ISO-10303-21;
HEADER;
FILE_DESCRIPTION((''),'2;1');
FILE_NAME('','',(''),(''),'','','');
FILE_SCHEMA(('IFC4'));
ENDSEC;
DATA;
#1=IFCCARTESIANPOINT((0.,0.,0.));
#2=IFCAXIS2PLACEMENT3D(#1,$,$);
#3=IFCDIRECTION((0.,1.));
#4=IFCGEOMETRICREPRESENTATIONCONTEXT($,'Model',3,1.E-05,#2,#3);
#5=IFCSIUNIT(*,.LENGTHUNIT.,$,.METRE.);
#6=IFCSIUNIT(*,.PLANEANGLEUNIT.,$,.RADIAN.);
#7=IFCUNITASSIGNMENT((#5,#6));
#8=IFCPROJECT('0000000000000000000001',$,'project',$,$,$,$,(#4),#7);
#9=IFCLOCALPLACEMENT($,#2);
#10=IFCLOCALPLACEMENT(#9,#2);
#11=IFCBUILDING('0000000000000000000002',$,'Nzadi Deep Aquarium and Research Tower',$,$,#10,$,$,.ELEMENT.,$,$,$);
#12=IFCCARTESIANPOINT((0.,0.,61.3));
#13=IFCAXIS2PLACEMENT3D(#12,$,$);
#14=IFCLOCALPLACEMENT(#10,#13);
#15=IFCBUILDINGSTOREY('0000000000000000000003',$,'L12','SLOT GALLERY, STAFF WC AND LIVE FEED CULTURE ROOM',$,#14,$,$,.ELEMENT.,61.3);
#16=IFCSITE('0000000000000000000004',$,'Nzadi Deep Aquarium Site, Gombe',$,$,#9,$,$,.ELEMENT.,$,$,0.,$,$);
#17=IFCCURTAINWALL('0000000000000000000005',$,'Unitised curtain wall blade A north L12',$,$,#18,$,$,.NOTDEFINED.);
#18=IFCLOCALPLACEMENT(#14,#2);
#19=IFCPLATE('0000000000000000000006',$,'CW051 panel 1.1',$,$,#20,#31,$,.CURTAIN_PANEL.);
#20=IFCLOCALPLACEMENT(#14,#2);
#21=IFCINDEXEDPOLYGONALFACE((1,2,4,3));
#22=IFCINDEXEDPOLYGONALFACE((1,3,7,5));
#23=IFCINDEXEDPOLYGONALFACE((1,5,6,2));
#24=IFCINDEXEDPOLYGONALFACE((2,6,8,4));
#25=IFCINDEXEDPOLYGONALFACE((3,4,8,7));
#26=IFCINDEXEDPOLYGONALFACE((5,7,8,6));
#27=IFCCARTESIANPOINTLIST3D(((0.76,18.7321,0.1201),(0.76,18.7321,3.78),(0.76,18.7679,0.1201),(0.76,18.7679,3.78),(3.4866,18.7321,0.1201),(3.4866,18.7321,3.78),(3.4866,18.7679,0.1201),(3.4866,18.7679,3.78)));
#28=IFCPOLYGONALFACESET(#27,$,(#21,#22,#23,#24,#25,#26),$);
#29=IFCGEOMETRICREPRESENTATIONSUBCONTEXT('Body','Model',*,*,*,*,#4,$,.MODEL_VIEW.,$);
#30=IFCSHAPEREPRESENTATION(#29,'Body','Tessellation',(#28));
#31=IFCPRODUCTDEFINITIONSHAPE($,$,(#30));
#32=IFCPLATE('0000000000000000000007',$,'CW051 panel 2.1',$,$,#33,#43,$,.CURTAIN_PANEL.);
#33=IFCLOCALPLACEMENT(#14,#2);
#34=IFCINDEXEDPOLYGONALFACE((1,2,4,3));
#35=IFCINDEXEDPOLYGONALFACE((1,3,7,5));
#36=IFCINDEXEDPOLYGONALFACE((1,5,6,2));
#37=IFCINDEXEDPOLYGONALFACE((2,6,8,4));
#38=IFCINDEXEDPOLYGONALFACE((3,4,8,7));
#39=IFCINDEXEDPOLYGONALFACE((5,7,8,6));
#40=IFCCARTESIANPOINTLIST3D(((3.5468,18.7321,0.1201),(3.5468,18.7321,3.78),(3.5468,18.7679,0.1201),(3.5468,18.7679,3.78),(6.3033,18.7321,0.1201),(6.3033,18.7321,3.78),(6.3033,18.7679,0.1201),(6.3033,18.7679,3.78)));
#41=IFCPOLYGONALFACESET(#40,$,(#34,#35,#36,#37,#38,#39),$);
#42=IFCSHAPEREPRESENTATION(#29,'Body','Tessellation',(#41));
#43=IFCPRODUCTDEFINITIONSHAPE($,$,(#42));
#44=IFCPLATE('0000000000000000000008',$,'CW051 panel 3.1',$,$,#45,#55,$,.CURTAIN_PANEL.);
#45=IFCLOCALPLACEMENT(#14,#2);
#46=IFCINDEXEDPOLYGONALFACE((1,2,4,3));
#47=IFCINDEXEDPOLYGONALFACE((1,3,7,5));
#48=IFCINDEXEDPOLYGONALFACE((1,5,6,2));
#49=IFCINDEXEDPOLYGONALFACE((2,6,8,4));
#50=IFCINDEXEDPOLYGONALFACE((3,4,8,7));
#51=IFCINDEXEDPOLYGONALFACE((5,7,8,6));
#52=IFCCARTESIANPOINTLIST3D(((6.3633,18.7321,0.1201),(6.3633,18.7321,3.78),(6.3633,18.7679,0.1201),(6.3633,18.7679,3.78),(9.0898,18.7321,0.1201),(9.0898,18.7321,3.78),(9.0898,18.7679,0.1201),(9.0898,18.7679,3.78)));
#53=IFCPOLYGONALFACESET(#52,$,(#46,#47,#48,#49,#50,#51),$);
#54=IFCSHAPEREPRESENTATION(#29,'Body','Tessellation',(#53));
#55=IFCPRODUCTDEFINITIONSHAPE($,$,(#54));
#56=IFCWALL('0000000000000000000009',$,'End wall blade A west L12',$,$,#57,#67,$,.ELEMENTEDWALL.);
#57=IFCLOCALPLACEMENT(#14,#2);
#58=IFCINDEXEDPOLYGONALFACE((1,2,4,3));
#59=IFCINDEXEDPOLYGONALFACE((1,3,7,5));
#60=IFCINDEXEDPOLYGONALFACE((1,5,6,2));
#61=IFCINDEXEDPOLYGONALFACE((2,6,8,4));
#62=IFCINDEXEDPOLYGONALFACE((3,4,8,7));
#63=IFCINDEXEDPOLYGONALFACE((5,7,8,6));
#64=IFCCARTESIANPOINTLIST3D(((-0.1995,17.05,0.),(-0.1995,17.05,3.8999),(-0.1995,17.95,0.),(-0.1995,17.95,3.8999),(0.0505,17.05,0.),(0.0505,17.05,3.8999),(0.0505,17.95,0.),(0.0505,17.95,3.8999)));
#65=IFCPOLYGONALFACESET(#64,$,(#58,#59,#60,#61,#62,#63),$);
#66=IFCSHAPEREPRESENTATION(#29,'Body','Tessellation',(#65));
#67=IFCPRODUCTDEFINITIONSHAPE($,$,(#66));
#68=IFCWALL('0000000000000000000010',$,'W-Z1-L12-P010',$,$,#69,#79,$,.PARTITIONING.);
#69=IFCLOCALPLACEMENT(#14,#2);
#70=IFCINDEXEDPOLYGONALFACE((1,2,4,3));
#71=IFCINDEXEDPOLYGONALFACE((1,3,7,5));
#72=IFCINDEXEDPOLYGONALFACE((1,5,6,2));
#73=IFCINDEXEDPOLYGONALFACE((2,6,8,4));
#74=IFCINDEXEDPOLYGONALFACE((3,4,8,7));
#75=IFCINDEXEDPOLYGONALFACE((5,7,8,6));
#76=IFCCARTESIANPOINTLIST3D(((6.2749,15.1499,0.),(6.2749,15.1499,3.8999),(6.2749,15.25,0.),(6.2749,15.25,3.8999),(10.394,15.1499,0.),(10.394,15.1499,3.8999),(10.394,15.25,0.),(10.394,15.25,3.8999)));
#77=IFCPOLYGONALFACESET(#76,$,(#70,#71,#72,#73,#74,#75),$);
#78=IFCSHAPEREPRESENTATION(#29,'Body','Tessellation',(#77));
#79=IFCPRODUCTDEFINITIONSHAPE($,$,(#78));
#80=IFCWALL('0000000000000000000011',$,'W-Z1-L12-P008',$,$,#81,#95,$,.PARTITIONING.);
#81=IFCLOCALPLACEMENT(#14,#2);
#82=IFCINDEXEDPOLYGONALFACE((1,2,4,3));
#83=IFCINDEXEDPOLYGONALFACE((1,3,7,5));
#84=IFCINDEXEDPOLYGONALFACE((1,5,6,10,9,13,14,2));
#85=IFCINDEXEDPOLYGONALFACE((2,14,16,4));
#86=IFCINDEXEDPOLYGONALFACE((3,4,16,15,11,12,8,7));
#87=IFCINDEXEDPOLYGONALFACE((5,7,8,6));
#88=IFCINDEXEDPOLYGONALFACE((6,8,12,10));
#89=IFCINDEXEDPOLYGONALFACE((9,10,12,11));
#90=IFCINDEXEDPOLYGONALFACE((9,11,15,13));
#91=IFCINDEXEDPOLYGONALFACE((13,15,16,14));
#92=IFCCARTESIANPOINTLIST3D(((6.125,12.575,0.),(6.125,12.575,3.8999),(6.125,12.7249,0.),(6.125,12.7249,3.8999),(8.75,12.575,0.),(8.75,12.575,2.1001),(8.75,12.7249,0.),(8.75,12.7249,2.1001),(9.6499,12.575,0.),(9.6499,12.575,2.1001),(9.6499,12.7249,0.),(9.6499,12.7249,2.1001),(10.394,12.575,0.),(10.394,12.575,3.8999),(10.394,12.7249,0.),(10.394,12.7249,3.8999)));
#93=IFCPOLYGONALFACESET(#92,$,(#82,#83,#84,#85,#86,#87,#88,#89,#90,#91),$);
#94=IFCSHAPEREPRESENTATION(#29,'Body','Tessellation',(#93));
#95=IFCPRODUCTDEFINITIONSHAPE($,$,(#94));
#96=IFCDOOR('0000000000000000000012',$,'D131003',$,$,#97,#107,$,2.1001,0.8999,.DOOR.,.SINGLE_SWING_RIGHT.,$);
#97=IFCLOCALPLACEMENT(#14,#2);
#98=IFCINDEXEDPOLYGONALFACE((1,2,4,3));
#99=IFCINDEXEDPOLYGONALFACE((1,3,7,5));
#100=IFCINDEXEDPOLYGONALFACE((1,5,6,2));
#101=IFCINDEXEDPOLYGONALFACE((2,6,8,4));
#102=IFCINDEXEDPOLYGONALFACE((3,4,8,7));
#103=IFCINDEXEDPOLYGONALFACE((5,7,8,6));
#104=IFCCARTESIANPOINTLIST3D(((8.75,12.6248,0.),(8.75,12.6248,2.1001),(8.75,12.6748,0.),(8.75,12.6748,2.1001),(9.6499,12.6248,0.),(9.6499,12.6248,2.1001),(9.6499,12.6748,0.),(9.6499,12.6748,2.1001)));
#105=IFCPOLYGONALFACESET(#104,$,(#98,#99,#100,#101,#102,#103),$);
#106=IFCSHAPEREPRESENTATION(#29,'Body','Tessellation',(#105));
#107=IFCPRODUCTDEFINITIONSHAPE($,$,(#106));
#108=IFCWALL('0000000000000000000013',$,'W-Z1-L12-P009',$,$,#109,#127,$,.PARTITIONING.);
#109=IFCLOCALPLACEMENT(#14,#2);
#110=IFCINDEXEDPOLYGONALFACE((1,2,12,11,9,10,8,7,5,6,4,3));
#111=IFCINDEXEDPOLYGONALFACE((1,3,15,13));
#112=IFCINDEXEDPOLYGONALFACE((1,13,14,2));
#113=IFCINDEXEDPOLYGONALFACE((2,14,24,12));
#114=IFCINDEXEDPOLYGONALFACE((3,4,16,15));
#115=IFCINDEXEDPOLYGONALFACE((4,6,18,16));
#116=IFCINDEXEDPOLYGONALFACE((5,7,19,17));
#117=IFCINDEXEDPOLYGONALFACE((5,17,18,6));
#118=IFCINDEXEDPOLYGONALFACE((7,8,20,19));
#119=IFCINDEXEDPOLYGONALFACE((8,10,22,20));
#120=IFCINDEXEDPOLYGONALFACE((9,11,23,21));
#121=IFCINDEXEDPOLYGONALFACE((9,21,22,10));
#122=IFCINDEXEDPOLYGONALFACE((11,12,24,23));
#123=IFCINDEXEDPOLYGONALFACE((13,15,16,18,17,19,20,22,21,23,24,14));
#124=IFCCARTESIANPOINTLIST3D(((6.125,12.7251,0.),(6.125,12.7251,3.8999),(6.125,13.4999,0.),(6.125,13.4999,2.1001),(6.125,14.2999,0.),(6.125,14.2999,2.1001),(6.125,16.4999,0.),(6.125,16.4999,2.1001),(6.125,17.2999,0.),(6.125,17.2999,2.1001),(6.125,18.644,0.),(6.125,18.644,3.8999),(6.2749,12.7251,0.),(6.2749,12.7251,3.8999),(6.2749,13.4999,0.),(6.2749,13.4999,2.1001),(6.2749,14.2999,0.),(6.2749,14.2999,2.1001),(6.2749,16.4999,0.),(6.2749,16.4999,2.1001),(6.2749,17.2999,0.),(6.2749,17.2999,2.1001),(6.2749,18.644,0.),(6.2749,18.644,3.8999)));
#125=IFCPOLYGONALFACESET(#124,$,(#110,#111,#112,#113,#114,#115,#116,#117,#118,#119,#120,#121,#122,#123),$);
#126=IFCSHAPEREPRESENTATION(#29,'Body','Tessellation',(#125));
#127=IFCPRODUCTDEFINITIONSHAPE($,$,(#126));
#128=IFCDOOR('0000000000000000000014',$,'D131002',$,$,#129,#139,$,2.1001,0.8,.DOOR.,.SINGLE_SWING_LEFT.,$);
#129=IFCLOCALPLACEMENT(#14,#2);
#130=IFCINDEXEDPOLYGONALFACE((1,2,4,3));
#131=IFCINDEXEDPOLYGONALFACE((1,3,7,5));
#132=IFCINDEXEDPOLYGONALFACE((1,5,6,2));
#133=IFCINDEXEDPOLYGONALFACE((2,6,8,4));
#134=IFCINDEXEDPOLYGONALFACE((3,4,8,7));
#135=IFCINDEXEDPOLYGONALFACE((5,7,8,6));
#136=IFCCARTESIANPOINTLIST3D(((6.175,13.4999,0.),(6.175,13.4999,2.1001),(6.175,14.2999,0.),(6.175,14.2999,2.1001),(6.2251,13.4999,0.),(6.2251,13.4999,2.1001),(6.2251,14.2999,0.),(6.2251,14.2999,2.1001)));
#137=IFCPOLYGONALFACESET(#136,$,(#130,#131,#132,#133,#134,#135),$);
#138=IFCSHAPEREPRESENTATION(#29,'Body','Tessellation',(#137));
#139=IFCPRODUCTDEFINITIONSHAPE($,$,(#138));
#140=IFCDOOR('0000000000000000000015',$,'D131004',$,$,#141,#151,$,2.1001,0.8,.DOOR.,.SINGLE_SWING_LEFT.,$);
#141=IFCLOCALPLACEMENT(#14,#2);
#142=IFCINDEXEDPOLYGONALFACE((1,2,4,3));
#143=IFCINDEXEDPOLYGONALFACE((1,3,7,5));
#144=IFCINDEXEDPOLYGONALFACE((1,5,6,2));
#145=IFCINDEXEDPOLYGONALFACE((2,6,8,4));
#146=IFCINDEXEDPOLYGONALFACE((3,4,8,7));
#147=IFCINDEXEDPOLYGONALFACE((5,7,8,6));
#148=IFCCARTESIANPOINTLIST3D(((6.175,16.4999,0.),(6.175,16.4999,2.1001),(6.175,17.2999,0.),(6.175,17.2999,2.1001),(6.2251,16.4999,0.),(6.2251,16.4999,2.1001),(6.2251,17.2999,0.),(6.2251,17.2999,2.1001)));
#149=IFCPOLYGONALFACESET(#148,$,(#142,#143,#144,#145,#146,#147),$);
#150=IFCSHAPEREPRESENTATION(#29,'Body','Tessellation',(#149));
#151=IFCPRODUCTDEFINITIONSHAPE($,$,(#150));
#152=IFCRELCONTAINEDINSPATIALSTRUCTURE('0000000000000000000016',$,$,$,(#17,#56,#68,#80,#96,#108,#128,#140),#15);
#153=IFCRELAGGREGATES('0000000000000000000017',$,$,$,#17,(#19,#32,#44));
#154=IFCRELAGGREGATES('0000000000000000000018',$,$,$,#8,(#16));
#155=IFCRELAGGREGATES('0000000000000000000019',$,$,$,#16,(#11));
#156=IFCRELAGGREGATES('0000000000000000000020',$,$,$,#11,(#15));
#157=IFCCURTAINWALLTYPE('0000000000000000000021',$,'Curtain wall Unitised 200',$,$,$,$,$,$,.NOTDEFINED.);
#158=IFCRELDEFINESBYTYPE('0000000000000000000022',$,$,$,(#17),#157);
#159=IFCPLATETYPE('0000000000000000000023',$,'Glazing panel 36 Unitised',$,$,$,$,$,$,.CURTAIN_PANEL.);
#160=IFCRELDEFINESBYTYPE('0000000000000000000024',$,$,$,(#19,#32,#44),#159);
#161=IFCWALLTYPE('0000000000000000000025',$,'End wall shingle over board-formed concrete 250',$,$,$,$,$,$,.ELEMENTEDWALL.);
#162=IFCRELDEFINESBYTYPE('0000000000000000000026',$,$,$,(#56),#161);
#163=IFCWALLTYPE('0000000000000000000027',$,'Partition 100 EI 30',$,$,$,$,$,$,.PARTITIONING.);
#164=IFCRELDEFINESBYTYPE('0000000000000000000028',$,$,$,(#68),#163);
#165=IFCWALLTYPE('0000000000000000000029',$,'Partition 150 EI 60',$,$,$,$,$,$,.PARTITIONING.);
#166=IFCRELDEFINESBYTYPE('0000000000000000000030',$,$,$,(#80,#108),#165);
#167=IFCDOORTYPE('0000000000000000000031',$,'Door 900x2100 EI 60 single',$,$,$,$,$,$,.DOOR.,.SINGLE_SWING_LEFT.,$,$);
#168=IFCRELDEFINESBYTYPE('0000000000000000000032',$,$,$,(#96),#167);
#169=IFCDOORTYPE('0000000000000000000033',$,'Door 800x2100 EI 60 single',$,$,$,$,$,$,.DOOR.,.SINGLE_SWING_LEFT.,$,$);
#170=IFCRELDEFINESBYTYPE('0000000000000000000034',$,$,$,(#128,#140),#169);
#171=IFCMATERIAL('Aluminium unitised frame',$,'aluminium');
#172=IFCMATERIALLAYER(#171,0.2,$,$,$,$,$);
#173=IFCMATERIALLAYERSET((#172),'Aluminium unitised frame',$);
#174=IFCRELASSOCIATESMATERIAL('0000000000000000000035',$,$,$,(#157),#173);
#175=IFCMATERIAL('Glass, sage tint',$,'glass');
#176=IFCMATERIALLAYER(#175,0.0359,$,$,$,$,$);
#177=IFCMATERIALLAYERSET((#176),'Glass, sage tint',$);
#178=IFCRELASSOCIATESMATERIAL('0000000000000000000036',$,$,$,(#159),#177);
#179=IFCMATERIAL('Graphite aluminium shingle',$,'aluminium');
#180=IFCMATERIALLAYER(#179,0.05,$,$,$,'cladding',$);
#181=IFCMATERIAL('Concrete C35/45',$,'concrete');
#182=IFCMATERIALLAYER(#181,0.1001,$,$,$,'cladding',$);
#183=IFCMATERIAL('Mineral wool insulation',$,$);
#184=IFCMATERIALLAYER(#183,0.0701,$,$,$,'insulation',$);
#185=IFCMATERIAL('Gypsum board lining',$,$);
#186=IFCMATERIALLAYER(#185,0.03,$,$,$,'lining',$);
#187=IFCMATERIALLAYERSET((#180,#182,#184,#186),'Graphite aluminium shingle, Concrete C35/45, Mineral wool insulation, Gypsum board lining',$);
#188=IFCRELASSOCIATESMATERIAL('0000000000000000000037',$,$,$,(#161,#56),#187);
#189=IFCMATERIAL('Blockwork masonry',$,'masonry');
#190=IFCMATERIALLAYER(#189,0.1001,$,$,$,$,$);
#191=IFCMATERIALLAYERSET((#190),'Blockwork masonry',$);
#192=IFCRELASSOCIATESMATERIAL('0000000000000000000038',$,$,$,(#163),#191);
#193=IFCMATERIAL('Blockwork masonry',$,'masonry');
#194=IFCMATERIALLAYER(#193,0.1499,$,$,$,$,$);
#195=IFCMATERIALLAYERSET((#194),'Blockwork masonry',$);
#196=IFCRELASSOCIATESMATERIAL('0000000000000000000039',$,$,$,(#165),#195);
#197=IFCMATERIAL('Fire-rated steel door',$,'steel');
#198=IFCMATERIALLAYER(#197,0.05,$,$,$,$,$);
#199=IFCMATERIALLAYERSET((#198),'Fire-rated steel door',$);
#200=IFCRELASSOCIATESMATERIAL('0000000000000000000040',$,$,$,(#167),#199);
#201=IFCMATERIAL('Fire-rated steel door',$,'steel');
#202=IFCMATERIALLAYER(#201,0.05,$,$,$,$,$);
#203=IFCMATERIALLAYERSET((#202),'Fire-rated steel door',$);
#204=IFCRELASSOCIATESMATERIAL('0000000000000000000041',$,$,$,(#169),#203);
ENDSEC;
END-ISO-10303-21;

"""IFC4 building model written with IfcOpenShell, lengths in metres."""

from ifc_helpers import new_model, si_unit, direction, frame, frame_2d, origin, origin_2d, place, context, subcontext, project, spatial, rectangle, extrude, material, layer, layer_set, layer_usage, type_object, element, fill, aggregate, save


model = new_model("IFC4")

# Units and contexts
model_context = context("Model", 3, precision=1e-05, world=origin(), true_north=direction((0.0, 1.0)))
body_context = subcontext(model_context, "Body", "Model", "MODEL_VIEW")
ifc_project = project(units=[si_unit("LENGTHUNIT", "METRE"), si_unit("PLANEANGLEUNIT", "RADIAN")], contexts=[model_context])

# Site, building, storey
site_placement = place(None, origin())
site = spatial("IfcSite", under=ifc_project, at=site_placement, Name="Nzadi Deep Aquarium Site, Gombe", CompositionType="ELEMENT", RefElevation=0.0)
building_placement = place(site_placement, origin())
building = spatial("IfcBuilding", under=site, at=building_placement, Name="Nzadi Deep Aquarium and Research Tower", CompositionType="ELEMENT")
storey_placement = place(building_placement, frame((0.0, 0.0, 61.3)))
storey = spatial("IfcBuildingStorey", under=building, at=storey_placement, Name="L12", Description="SLOT GALLERY, STAFF WC AND LIVE FEED CULTURE ROOM", CompositionType="ELEMENT", Elevation=61.3)

# Curtain wall
ifc_material_1 = material(Name="Aluminium unitised frame", Category="aluminium")
ifc_layer_1 = layer(ifc_material_1, 0.2)
ifc_layer_set_1 = layer_set([ifc_layer_1], Name="Aluminium unitised frame")
curtain_wall_type = type_object("IfcCurtainWallType", Name="Curtain wall Unitised 200", PredefinedType="NOTDEFINED", material=ifc_layer_set_1)
curtain_wall_placement = place(storey_placement, origin())
curtain_wall = element("IfcCurtainWall", 1, at=curtain_wall_placement, inside=storey, type_object=curtain_wall_type, Name="Unitised curtain wall blade A north L12", PredefinedType="NOTDEFINED")

# Plates
ifc_material_2 = material(Name="Glass, sage tint", Category="glass")
ifc_layer_2 = layer(ifc_material_2, 0.0359)
ifc_layer_set_2 = layer_set([ifc_layer_2], Name="Glass, sage tint")
plate_type = type_object("IfcPlateType", Name="Glazing panel 36 Unitised", PredefinedType="CURTAIN_PANEL", material=ifc_layer_set_2)
plate_1_placement = place(storey_placement, frame((2.1233, 18.75, 0.1201), z_axis=(0.0, 0.0, 1.0), x_axis=(1.0, 0.0, 0.0)))
plate_1 = element("IfcPlate", 2, at=plate_1_placement, type_object=plate_type, Name="CW051 panel 1.1", PredefinedType="CURTAIN_PANEL", context=body_context, shape_type="SweptSolid", body=[
    extrude(rectangle(XDim=2.7266, YDim=0.0359, at=origin_2d()), origin(), (0.0, 0.0, 1.0), 3.6599),
])
plate_2_placement = place(storey_placement, frame((4.925, 18.75, 0.1201), z_axis=(0.0, 0.0, 1.0), x_axis=(1.0, 0.0, 0.0)))
plate_2 = element("IfcPlate", 3, at=plate_2_placement, type_object=plate_type, Name="CW051 panel 2.1", PredefinedType="CURTAIN_PANEL", context=body_context, shape_type="SweptSolid", body=[
    extrude(rectangle(XDim=2.7566, YDim=0.0359, at=origin_2d()), origin(), (0.0, 0.0, 1.0), 3.6599),
])
plate_3_placement = place(storey_placement, frame((7.7266, 18.75, 0.1201), z_axis=(0.0, 0.0, 1.0), x_axis=(1.0, 0.0, 0.0)))
plate_3 = element("IfcPlate", 4, at=plate_3_placement, type_object=plate_type, Name="CW051 panel 3.1", PredefinedType="CURTAIN_PANEL", context=body_context, shape_type="SweptSolid", body=[
    extrude(rectangle(XDim=2.7266, YDim=0.0359, at=origin_2d()), origin(), (0.0, 0.0, 1.0), 3.6599),
])
aggregate(curtain_wall, [plate_1, plate_2, plate_3])

# Walls
ifc_material_3 = material(Name="Graphite aluminium shingle", Category="aluminium")
ifc_layer_3 = layer(ifc_material_3, 0.05, Category="cladding")
ifc_material_4 = material(Name="Concrete C35/45", Category="concrete")
ifc_layer_4 = layer(ifc_material_4, 0.1001, Category="cladding")
ifc_material_5 = material(Name="Mineral wool insulation")
ifc_layer_5 = layer(ifc_material_5, 0.0701, Category="insulation")
ifc_material_6 = material(Name="Gypsum board lining")
ifc_layer_6 = layer(ifc_material_6, 0.03, Category="lining")
ifc_layer_set_3 = layer_set([ifc_layer_3, ifc_layer_4, ifc_layer_5, ifc_layer_6], Name="Graphite aluminium shingle, Concrete C35/45, Mineral wool insulation, Gypsum board lining")
ifc_layer_usage = layer_usage(ifc_layer_set_3, "AXIS2", "POSITIVE", -0.125)
wall_type_1 = type_object("IfcWallType", Name="End wall shingle over board-formed concrete 250", PredefinedType="ELEMENTEDWALL", material=ifc_layer_set_3)
wall_1_placement = place(storey_placement, frame((-0.0745, 17.95, 0.0), z_axis=(0.0, 0.0, 1.0), x_axis=(0.0, -1.0, 0.0)))
element("IfcWall", 5, at=wall_1_placement, inside=storey, type_object=wall_type_1, material=ifc_layer_usage, Name="End wall blade A west L12", PredefinedType="ELEMENTEDWALL", context=body_context, shape_type="SweptSolid", body=[
    extrude(rectangle(XDim=0.8999, YDim=0.25, at=frame_2d((0.45, 0.0))), origin(), (0.0, 0.0, 1.0), 3.8999),
])
ifc_material_7 = material(Name="Blockwork masonry", Category="masonry")
ifc_layer_7 = layer(ifc_material_7, 0.1001)
ifc_layer_set_4 = layer_set([ifc_layer_7], Name="Blockwork masonry")
wall_type_2 = type_object("IfcWallType", Name="Partition 100 EI 30", PredefinedType="PARTITIONING", material=ifc_layer_set_4)
wall_2_placement = place(storey_placement, frame((6.2749, 15.2, 0.0), z_axis=(0.0, 0.0, 1.0), x_axis=(1.0, 0.0, 0.0)))
element("IfcWall", 6, at=wall_2_placement, inside=storey, type_object=wall_type_2, Name="W-Z1-L12-P010", PredefinedType="PARTITIONING", context=body_context, shape_type="SweptSolid", body=[
    extrude(rectangle(XDim=4.1191, YDim=0.1001, at=frame_2d((2.0596, 0.0))), origin(), (0.0, 0.0, 1.0), 3.8999),
])

# Wall, opening, door
ifc_material_8 = material(Name="Blockwork masonry", Category="masonry")
ifc_layer_8 = layer(ifc_material_8, 0.1499)
ifc_layer_set_5 = layer_set([ifc_layer_8], Name="Blockwork masonry")
wall_type_3 = type_object("IfcWallType", Name="Partition 150 EI 60", PredefinedType="PARTITIONING", material=ifc_layer_set_5)
wall_3_placement = place(storey_placement, frame((6.125, 12.6499, 0.0), z_axis=(0.0, 0.0, 1.0), x_axis=(1.0, 0.0, 0.0)))
wall_3 = element("IfcWall", 7, at=wall_3_placement, inside=storey, type_object=wall_type_3, Name="W-Z1-L12-P008", PredefinedType="PARTITIONING", context=body_context, shape_type="SweptSolid", body=[
    extrude(rectangle(XDim=4.269, YDim=0.1499, at=frame_2d((2.1345, 0.0))), origin(), (0.0, 0.0, 1.0), 3.8999),
])
opening_1_placement = place(wall_3_placement, frame((2.625, 0.0, 0.0)))
opening_1 = element("IfcOpeningElement", 8, at=opening_1_placement, cuts=wall_3, PredefinedType="OPENING", context=body_context, shape_type="SweptSolid", body=[
    extrude(rectangle(XDim=0.8999, YDim=2.1001, at=frame_2d((0.45, 1.05))), frame((0.0, 0.085, 0.0), z_axis=(0.0, -1.0, 0.0), x_axis=(1.0, 0.0, 0.0)), (0.0, 0.0, 1.0), 0.1699),
])
ifc_material_9 = material(Name="Fire-rated steel door", Category="steel")
ifc_layer_9 = layer(ifc_material_9, 0.05)
ifc_layer_set_6 = layer_set([ifc_layer_9], Name="Fire-rated steel door")
door_type_1 = type_object("IfcDoorType", Name="Door 900x2100 EI 60 single", OperationType="SINGLE_SWING_LEFT", PredefinedType="DOOR", material=ifc_layer_set_6)
door_1_placement = place(opening_1_placement, origin())
door_1 = element("IfcDoor", 9, at=door_1_placement, inside=storey, type_object=door_type_1, Name="D131003", OperationType="SINGLE_SWING_RIGHT", OverallHeight=2.1001, OverallWidth=0.8999, PredefinedType="DOOR", context=body_context, shape_type="SweptSolid", body=[
    extrude(rectangle(XDim=0.8999, YDim=2.1001, at=frame_2d((0.45, 1.05))), frame((0.0, 0.0249, 0.0), z_axis=(0.0, -1.0, 0.0), x_axis=(1.0, 0.0, 0.0)), (0.0, 0.0, 1.0), 0.05),
])
fill(opening_1, door_1)

# Wall, openings, doors
wall_4_placement = place(storey_placement, frame((6.2, 12.7251, 0.0), z_axis=(0.0, 0.0, 1.0), x_axis=(0.0, 1.0, 0.0)))
wall_4 = element("IfcWall", 10, at=wall_4_placement, inside=storey, type_object=wall_type_3, Name="W-Z1-L12-P009", PredefinedType="PARTITIONING", context=body_context, shape_type="SweptSolid", body=[
    extrude(rectangle(XDim=5.9189, YDim=0.1499, at=frame_2d((2.9595, 0.0))), origin(), (0.0, 0.0, 1.0), 3.8999),
])
opening_2_placement = place(wall_4_placement, frame((0.7749, 0.0, 0.0)))
opening_2 = element("IfcOpeningElement", 11, at=opening_2_placement, cuts=wall_4, PredefinedType="OPENING", context=body_context, shape_type="SweptSolid", body=[
    extrude(rectangle(XDim=0.8, YDim=2.1001, at=frame_2d((0.3999, 1.05))), frame((0.0, 0.085, 0.0), z_axis=(0.0, -1.0, 0.0), x_axis=(1.0, 0.0, 0.0)), (0.0, 0.0, 1.0), 0.1699),
])
opening_3_placement = place(wall_4_placement, frame((3.7749, 0.0, 0.0)))
opening_3 = element("IfcOpeningElement", 12, at=opening_3_placement, cuts=wall_4, PredefinedType="OPENING", context=body_context, shape_type="SweptSolid", body=[
    extrude(rectangle(XDim=0.8, YDim=2.1001, at=frame_2d((0.3999, 1.05))), frame((0.0, 0.085, 0.0), z_axis=(0.0, -1.0, 0.0), x_axis=(1.0, 0.0, 0.0)), (0.0, 0.0, 1.0), 0.1699),
])
ifc_material_10 = material(Name="Fire-rated steel door", Category="steel")
ifc_layer_10 = layer(ifc_material_10, 0.05)
ifc_layer_set_7 = layer_set([ifc_layer_10], Name="Fire-rated steel door")
door_type_2 = type_object("IfcDoorType", Name="Door 800x2100 EI 60 single", OperationType="SINGLE_SWING_LEFT", PredefinedType="DOOR", material=ifc_layer_set_7)
door_2_placement = place(opening_2_placement, origin())
door_2 = element("IfcDoor", 13, at=door_2_placement, inside=storey, type_object=door_type_2, Name="D131002", OperationType="SINGLE_SWING_LEFT", OverallHeight=2.1001, OverallWidth=0.8, PredefinedType="DOOR", context=body_context, shape_type="SweptSolid", body=[
    extrude(rectangle(XDim=0.8, YDim=2.1001, at=frame_2d((0.3999, 1.05))), frame((0.0, 0.0249, 0.0), z_axis=(0.0, -1.0, 0.0), x_axis=(1.0, 0.0, 0.0)), (0.0, 0.0, 1.0), 0.05),
])
fill(opening_2, door_2)
door_3_placement = place(opening_3_placement, origin())
door_3 = element("IfcDoor", 14, at=door_3_placement, inside=storey, type_object=door_type_2, Name="D131004", OperationType="SINGLE_SWING_LEFT", OverallHeight=2.1001, OverallWidth=0.8, PredefinedType="DOOR", context=body_context, shape_type="SweptSolid", body=[
    extrude(rectangle(XDim=0.8, YDim=2.1001, at=frame_2d((0.3999, 1.05))), frame((0.0, 0.0249, 0.0), z_axis=(0.0, -1.0, 0.0), x_axis=(1.0, 0.0, 0.0)), (0.0, 0.0, 1.0), 0.05),
])
fill(opening_3, door_3)

save(model, "model.ifc")
